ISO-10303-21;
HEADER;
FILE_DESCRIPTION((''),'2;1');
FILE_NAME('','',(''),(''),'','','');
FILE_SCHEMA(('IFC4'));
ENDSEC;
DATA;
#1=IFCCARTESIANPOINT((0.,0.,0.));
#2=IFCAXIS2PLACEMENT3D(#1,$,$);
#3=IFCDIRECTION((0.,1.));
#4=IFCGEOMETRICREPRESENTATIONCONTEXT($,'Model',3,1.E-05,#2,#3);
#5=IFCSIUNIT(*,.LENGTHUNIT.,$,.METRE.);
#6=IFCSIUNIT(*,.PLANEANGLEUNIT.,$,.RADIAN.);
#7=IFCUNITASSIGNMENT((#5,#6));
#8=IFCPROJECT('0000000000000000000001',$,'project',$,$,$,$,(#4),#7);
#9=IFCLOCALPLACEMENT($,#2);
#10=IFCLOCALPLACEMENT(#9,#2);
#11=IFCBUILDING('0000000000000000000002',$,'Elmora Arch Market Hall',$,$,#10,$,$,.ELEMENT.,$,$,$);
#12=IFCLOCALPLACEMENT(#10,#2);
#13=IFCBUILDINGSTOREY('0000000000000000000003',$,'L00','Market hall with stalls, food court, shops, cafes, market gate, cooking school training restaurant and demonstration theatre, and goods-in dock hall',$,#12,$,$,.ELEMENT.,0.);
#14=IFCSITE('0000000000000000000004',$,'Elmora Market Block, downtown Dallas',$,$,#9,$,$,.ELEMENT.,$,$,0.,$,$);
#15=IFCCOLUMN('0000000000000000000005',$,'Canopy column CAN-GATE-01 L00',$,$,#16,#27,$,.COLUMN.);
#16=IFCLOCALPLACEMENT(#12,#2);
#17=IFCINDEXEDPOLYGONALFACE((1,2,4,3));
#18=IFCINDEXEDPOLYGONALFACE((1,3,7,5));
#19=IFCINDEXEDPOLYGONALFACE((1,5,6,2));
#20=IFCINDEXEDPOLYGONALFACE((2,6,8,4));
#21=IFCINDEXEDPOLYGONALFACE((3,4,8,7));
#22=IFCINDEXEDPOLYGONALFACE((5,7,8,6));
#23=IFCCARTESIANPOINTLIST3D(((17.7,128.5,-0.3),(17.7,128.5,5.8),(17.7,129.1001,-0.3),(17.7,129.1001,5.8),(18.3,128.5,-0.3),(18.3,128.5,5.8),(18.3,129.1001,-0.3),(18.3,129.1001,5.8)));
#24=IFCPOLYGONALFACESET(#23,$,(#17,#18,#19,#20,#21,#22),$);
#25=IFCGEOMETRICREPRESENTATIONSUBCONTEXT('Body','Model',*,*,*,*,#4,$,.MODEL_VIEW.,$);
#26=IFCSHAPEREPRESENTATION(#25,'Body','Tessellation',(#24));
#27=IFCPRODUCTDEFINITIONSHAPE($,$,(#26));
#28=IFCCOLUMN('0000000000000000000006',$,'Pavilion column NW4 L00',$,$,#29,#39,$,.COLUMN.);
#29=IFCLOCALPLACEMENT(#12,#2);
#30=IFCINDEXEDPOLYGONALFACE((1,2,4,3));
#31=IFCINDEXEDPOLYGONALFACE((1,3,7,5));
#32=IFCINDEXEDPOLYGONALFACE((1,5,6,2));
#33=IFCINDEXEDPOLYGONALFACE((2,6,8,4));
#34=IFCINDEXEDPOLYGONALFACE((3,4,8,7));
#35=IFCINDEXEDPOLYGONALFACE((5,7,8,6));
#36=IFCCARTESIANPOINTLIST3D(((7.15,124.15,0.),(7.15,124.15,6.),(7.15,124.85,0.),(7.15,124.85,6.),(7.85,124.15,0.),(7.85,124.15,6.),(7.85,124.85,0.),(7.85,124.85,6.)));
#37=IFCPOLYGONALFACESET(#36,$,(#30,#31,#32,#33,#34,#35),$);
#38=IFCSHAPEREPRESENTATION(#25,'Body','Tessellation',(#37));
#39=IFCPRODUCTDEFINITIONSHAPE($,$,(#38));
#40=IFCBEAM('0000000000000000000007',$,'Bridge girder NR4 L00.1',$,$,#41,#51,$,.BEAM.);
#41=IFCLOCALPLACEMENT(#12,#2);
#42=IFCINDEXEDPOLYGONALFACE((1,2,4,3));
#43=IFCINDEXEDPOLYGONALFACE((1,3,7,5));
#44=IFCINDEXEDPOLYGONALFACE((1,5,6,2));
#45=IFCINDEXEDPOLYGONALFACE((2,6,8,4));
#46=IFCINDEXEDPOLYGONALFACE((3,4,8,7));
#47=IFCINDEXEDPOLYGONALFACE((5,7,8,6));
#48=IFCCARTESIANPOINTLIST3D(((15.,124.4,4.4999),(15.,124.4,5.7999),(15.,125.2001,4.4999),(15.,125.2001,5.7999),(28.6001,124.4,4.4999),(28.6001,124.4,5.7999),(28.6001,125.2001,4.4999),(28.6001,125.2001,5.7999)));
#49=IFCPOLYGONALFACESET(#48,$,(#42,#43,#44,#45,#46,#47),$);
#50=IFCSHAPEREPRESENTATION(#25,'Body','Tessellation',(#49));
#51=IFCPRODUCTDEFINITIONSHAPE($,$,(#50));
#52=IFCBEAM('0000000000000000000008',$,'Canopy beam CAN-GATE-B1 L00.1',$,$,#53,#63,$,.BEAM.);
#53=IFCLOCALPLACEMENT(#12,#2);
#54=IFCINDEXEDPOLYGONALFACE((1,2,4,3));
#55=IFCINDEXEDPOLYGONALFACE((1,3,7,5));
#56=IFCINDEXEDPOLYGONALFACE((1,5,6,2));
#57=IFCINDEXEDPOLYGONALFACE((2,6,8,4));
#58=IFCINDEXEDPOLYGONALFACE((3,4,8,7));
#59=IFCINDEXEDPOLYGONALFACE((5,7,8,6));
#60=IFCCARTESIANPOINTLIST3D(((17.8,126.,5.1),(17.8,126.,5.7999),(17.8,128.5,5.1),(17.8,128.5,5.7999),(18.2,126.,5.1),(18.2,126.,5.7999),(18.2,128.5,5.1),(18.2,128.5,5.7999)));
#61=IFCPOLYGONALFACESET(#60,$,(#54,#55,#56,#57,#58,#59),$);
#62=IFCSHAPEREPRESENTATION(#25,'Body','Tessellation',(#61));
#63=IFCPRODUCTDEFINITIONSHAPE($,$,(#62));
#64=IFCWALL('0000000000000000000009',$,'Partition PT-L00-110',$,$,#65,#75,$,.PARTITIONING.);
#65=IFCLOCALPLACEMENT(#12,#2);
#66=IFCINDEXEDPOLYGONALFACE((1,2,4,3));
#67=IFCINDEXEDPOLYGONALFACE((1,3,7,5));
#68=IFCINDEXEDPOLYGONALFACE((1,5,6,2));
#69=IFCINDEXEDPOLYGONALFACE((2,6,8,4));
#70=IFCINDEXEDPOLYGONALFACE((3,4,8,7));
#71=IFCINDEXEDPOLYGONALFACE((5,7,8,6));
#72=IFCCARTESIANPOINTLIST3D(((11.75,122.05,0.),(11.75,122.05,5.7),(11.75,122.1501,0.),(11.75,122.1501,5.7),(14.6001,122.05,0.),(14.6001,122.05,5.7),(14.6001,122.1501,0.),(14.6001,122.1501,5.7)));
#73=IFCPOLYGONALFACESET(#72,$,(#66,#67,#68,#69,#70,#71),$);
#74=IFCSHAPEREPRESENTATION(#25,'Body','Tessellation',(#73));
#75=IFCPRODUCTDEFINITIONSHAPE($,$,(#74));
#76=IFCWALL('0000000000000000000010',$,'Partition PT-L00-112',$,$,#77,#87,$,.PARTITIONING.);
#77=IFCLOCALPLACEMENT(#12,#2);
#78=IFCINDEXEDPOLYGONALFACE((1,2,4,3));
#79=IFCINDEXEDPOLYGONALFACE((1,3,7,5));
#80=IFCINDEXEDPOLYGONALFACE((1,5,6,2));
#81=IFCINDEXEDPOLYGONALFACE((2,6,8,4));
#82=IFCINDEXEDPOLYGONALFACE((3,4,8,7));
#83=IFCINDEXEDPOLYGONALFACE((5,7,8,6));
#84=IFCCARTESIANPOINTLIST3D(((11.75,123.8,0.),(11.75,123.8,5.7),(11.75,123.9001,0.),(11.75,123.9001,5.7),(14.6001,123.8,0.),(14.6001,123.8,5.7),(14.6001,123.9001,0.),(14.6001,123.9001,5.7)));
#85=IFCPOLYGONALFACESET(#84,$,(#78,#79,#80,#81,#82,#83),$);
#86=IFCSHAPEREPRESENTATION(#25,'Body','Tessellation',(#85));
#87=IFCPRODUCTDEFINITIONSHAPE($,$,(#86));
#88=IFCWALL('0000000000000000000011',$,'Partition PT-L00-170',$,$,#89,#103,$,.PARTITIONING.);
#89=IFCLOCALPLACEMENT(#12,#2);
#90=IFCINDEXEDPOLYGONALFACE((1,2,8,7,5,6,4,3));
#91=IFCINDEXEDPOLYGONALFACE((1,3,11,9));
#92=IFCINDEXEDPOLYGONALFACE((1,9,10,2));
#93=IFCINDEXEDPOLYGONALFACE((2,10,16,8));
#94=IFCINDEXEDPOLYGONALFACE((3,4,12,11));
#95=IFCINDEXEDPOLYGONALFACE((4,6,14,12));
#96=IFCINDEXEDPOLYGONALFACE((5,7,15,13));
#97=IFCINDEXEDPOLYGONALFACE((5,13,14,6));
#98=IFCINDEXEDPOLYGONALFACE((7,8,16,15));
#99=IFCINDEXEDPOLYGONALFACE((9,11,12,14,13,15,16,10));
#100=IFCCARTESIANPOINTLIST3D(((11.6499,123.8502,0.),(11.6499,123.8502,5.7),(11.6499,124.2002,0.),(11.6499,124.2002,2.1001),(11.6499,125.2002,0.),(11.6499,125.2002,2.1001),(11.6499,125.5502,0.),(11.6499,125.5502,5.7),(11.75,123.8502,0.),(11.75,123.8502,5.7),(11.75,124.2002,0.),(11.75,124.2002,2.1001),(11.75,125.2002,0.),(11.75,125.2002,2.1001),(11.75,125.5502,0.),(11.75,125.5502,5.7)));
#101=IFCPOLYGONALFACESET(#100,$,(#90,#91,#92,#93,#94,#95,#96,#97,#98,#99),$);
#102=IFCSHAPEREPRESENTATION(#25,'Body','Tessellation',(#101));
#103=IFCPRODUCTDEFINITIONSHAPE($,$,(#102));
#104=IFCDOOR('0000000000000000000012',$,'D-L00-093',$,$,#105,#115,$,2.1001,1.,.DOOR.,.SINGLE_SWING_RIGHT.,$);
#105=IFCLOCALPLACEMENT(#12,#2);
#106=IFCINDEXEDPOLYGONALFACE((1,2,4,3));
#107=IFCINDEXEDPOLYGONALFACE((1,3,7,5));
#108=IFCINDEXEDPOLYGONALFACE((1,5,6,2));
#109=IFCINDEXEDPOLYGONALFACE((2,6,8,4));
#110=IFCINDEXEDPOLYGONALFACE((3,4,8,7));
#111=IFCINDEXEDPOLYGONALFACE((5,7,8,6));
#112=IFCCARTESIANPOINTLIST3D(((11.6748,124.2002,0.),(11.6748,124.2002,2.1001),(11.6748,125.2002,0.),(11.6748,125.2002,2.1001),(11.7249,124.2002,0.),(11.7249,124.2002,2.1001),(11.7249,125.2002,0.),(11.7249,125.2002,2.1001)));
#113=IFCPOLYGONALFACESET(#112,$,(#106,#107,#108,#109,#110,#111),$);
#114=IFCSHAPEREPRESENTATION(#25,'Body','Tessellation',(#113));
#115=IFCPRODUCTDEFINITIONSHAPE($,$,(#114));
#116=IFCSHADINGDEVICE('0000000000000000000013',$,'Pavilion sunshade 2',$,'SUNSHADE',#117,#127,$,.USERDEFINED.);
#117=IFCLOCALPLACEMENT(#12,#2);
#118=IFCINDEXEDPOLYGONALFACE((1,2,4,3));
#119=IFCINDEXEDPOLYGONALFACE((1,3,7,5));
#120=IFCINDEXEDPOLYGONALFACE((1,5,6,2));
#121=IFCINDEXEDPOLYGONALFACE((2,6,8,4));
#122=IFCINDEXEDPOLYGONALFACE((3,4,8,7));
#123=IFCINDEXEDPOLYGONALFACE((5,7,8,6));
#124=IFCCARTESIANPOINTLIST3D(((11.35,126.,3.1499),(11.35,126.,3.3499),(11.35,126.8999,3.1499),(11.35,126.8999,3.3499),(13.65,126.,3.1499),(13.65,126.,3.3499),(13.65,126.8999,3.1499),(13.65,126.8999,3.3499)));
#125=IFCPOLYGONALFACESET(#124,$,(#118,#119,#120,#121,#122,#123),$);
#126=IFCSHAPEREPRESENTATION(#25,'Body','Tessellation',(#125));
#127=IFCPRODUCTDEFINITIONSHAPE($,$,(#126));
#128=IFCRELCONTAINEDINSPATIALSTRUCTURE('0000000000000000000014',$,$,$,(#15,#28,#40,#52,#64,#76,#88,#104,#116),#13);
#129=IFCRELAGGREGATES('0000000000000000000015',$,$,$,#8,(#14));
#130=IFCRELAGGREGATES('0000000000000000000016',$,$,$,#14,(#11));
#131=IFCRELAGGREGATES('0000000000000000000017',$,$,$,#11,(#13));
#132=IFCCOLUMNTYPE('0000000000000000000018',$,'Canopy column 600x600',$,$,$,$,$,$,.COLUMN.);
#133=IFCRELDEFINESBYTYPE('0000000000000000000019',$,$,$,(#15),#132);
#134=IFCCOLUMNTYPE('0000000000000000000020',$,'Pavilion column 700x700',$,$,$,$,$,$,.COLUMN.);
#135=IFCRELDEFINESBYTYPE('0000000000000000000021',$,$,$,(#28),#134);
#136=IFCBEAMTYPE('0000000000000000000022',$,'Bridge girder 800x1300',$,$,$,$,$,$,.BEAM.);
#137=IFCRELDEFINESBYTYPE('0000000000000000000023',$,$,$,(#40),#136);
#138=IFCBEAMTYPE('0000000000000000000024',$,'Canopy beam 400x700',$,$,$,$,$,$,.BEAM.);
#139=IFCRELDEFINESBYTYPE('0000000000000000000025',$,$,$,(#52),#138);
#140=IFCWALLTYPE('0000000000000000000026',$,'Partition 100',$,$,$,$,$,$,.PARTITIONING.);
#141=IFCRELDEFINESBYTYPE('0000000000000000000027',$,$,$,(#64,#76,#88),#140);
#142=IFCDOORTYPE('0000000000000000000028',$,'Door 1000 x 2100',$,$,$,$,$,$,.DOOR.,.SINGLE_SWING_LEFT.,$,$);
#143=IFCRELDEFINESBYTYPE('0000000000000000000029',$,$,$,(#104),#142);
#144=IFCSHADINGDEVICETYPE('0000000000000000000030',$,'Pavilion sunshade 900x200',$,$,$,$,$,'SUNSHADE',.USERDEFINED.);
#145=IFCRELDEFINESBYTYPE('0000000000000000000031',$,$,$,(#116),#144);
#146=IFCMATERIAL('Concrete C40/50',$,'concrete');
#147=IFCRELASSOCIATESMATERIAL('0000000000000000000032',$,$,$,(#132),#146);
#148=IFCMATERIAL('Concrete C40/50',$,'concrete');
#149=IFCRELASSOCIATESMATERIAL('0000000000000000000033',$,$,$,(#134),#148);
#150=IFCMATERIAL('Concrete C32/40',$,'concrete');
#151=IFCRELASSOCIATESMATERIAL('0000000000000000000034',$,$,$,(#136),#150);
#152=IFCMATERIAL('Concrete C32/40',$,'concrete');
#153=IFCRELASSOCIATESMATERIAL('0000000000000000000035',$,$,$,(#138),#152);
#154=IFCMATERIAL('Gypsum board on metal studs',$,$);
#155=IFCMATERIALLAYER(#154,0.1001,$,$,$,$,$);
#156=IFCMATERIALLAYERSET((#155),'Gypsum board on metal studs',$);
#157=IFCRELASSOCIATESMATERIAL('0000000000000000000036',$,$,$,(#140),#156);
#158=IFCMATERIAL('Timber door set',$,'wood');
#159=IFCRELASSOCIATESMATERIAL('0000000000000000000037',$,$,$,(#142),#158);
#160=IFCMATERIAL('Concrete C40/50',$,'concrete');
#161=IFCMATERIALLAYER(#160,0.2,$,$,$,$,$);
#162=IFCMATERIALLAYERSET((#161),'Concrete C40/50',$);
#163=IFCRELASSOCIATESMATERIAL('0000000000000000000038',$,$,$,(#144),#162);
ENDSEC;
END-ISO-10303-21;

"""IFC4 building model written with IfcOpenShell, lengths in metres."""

from ifc_helpers import new_model, si_unit, direction, frame, frame_2d, origin, origin_2d, place, context, subcontext, project, spatial, rectangle, extrude, material, layer, layer_set, material_profile, profile_set, type_object, element, fill, save


model = new_model("IFC4")

# Units and contexts
model_context = context("Model", 3, precision=1e-05, world=origin(), true_north=direction((0.0, 1.0)))
body_context = subcontext(model_context, "Body", "Model", "MODEL_VIEW")
ifc_project = project(units=[si_unit("LENGTHUNIT", "METRE"), si_unit("PLANEANGLEUNIT", "RADIAN")], contexts=[model_context])

# Site, building, storey
site_placement = place(None, origin())
site = spatial("IfcSite", under=ifc_project, at=site_placement, Name="Elmora Market Block, downtown Dallas", CompositionType="ELEMENT", RefElevation=0.0)
building_placement = place(site_placement, origin())
building = spatial("IfcBuilding", under=site, at=building_placement, Name="Elmora Arch Market Hall", CompositionType="ELEMENT")
storey_placement = place(building_placement, origin())
storey = spatial("IfcBuildingStorey", under=building, at=storey_placement, Name="L00", Description="Market hall with stalls, food court, shops, cafes, market gate, cooking school training restaurant and demonstration theatre, and goods-in dock hall", CompositionType="ELEMENT", Elevation=0.0)

# Columns
ifc_material_1 = material(Name="Concrete C40/50", Category="concrete")
ifc_material_profile_1 = material_profile(ifc_material_1, rectangle(XDim=0.6001, YDim=0.6001, at=origin_2d()), Name="Canopy column 600x600")
ifc_profile_set_1 = profile_set([ifc_material_profile_1], Name="Concrete C40/50")
column_type_1 = type_object("IfcColumnType", Name="Canopy column 600x600", PredefinedType="COLUMN", material=ifc_profile_set_1)
column_1_placement = place(storey_placement, frame((18.0, 128.8, -0.3), z_axis=(0.0, 0.0, 1.0), x_axis=(1.0, 0.0, 0.0)))
element("IfcColumn", 1, at=column_1_placement, inside=storey, type_object=column_type_1, Name="Canopy column CAN-GATE-01 L00", PredefinedType="COLUMN", context=body_context, shape_type="SweptSolid", body=[
    extrude(rectangle(XDim=0.6001, YDim=0.6001, at=origin_2d()), origin(), (0.0, 0.0, 1.0), 6.1001),
])
ifc_material_2 = material(Name="Concrete C40/50", Category="concrete")
ifc_material_profile_2 = material_profile(ifc_material_2, rectangle(XDim=0.7, YDim=0.7, at=origin_2d()), Name="Pavilion column 700x700")
ifc_profile_set_2 = profile_set([ifc_material_profile_2], Name="Concrete C40/50")
column_type_2 = type_object("IfcColumnType", Name="Pavilion column 700x700", PredefinedType="COLUMN", material=ifc_profile_set_2)
column_2_placement = place(storey_placement, frame((7.5, 124.5, 0.0), z_axis=(0.0, 0.0, 1.0), x_axis=(1.0, 0.0, 0.0)))
element("IfcColumn", 2, at=column_2_placement, inside=storey, type_object=column_type_2, Name="Pavilion column NW4 L00", PredefinedType="COLUMN", context=body_context, shape_type="SweptSolid", body=[
    extrude(rectangle(XDim=0.7, YDim=0.7, at=origin_2d()), origin(), (0.0, 0.0, 1.0), 6.0),
])

# Beams
ifc_material_3 = material(Name="Concrete C32/40", Category="concrete")
ifc_material_profile_3 = material_profile(ifc_material_3, rectangle(XDim=0.8, YDim=1.3, at=origin_2d()), Name="Bridge girder 800x1300")
ifc_profile_set_3 = profile_set([ifc_material_profile_3], Name="Concrete C32/40")
beam_type_1 = type_object("IfcBeamType", Name="Bridge girder 800x1300", PredefinedType="BEAM", material=ifc_profile_set_3)
beam_1_placement = place(storey_placement, frame((15.0, 124.8, 5.1499), z_axis=(1.0, 0.0, 0.0), x_axis=(0.0, 1.0, 0.0)))
element("IfcBeam", 3, at=beam_1_placement, inside=storey, type_object=beam_type_1, Name="Bridge girder NR4 L00.1", PredefinedType="BEAM", context=body_context, shape_type="SweptSolid", body=[
    extrude(rectangle(XDim=0.8, YDim=1.3, at=origin_2d()), origin(), (0.0, 0.0, 1.0), 13.6001),
])
ifc_material_4 = material(Name="Concrete C32/40", Category="concrete")
ifc_material_profile_4 = material_profile(ifc_material_4, rectangle(XDim=0.3999, YDim=0.7, at=origin_2d()), Name="Canopy beam 400x700")
ifc_profile_set_4 = profile_set([ifc_material_profile_4], Name="Concrete C32/40")
beam_type_2 = type_object("IfcBeamType", Name="Canopy beam 400x700", PredefinedType="BEAM", material=ifc_profile_set_4)
beam_2_placement = place(storey_placement, frame((18.0, 126.0, 5.45), z_axis=(0.0, 1.0, 0.0), x_axis=(-1.0, 0.0, 0.0)))
element("IfcBeam", 4, at=beam_2_placement, inside=storey, type_object=beam_type_2, Name="Canopy beam CAN-GATE-B1 L00.1", PredefinedType="BEAM", context=body_context, shape_type="SweptSolid", body=[
    extrude(rectangle(XDim=0.3999, YDim=0.7, at=origin_2d()), origin(), (0.0, 0.0, 1.0), 2.5),
])

# Walls
ifc_material_5 = material(Name="Gypsum board on metal studs")
ifc_layer_1 = layer(ifc_material_5, 0.1001)
ifc_layer_set_1 = layer_set([ifc_layer_1], Name="Gypsum board on metal studs")
wall_type_1 = type_object("IfcWallType", Name="Partition 100", PredefinedType="PARTITIONING", material=ifc_layer_set_1)
for number, where, z_axis, x_axis, name in (
    (5, (11.75, 122.1001, 0.0), (0.0, 0.0, 1.0), (1.0, 0.0, 0.0), "Partition PT-L00-110"),
    (6, (11.75, 123.8501, 0.0), (0.0, 0.0, 1.0), (1.0, 0.0, 0.0), "Partition PT-L00-112"),
):
    element("IfcWall", number, at=place(storey_placement, frame(where, z_axis=z_axis, x_axis=x_axis)), inside=storey, type_object=wall_type_1, Name=name, PredefinedType="PARTITIONING", context=body_context, shape_type="SweptSolid", body=[
        extrude(rectangle(XDim=2.8501, YDim=0.1001, at=frame_2d((1.425, 0.0))), origin(), (0.0, 0.0, 1.0), 5.7),
    ])

# Wall, opening, door
wall_1_placement = place(storey_placement, frame((11.7, 123.8501, 0.0), z_axis=(0.0, 0.0, 1.0), x_axis=(0.0, 1.0, 0.0)))
wall_1 = element("IfcWall", 7, at=wall_1_placement, inside=storey, type_object=wall_type_1, Name="Partition PT-L00-170", PredefinedType="PARTITIONING", context=body_context, shape_type="SweptSolid", body=[
    extrude(rectangle(XDim=1.7, YDim=0.1001, at=frame_2d((0.8501, 0.0))), origin(), (0.0, 0.0, 1.0), 5.7),
])
opening_1_placement = place(wall_1_placement, frame((0.3501, 0.0, 0.0)))
opening_1 = element("IfcOpeningElement", 8, at=opening_1_placement, cuts=wall_1, PredefinedType="OPENING", context=body_context, shape_type="SweptSolid", body=[
    extrude(rectangle(XDim=1.0, YDim=2.1001, at=frame_2d((0.5, 1.05))), frame((0.0, 0.0601, 0.0), z_axis=(0.0, -1.0, 0.0), x_axis=(1.0, 0.0, 0.0)), (0.0, 0.0, 1.0), 0.1201),
])
ifc_material_6 = material(Name="Timber door set", Category="wood")
door_type_1 = type_object("IfcDoorType", Name="Door 1000 x 2100", OperationType="SINGLE_SWING_LEFT", PredefinedType="DOOR", material=ifc_material_6)
door_1_placement = place(opening_1_placement, frame((1.0, 0.0, 0.0), z_axis=(0.0, 0.0, 1.0), x_axis=(-1.0, 0.0, 0.0)))
door_1 = element("IfcDoor", 9, at=door_1_placement, inside=storey, type_object=door_type_1, Name="D-L00-093", OperationType="SINGLE_SWING_RIGHT", OverallHeight=2.1001, OverallWidth=1.0, PredefinedType="DOOR", context=body_context, shape_type="SweptSolid", body=[
    extrude(rectangle(XDim=1.0, YDim=2.1001, at=frame_2d((0.5, 1.05))), frame((0.0, 0.0249, 0.0), z_axis=(0.0, -1.0, 0.0), x_axis=(1.0, 0.0, 0.0)), (0.0, 0.0, 1.0), 0.05),
])
fill(opening_1, door_1)

# Shading device
ifc_material_7 = material(Name="Concrete C40/50", Category="concrete")
ifc_layer_2 = layer(ifc_material_7, 0.2)
ifc_layer_set_2 = layer_set([ifc_layer_2], Name="Concrete C40/50")
shading_device_type = type_object("IfcShadingDeviceType", Name="Pavilion sunshade 900x200", ElementType="SUNSHADE", PredefinedType="USERDEFINED", material=ifc_layer_set_2)
shading_device_placement = place(storey_placement, frame((12.5, 126.45, 3.1499), z_axis=(0.0, 0.0, 1.0), x_axis=(1.0, 0.0, 0.0)))
element("IfcShadingDevice", 10, at=shading_device_placement, inside=storey, type_object=shading_device_type, Name="Pavilion sunshade 2", ObjectType="SUNSHADE", PredefinedType="USERDEFINED", context=body_context, shape_type="SweptSolid", body=[
    extrude(rectangle(XDim=2.3, YDim=0.8999, at=origin_2d()), origin(), (0.0, 0.0, 1.0), 0.2),
])

save(model, "model.ifc")
